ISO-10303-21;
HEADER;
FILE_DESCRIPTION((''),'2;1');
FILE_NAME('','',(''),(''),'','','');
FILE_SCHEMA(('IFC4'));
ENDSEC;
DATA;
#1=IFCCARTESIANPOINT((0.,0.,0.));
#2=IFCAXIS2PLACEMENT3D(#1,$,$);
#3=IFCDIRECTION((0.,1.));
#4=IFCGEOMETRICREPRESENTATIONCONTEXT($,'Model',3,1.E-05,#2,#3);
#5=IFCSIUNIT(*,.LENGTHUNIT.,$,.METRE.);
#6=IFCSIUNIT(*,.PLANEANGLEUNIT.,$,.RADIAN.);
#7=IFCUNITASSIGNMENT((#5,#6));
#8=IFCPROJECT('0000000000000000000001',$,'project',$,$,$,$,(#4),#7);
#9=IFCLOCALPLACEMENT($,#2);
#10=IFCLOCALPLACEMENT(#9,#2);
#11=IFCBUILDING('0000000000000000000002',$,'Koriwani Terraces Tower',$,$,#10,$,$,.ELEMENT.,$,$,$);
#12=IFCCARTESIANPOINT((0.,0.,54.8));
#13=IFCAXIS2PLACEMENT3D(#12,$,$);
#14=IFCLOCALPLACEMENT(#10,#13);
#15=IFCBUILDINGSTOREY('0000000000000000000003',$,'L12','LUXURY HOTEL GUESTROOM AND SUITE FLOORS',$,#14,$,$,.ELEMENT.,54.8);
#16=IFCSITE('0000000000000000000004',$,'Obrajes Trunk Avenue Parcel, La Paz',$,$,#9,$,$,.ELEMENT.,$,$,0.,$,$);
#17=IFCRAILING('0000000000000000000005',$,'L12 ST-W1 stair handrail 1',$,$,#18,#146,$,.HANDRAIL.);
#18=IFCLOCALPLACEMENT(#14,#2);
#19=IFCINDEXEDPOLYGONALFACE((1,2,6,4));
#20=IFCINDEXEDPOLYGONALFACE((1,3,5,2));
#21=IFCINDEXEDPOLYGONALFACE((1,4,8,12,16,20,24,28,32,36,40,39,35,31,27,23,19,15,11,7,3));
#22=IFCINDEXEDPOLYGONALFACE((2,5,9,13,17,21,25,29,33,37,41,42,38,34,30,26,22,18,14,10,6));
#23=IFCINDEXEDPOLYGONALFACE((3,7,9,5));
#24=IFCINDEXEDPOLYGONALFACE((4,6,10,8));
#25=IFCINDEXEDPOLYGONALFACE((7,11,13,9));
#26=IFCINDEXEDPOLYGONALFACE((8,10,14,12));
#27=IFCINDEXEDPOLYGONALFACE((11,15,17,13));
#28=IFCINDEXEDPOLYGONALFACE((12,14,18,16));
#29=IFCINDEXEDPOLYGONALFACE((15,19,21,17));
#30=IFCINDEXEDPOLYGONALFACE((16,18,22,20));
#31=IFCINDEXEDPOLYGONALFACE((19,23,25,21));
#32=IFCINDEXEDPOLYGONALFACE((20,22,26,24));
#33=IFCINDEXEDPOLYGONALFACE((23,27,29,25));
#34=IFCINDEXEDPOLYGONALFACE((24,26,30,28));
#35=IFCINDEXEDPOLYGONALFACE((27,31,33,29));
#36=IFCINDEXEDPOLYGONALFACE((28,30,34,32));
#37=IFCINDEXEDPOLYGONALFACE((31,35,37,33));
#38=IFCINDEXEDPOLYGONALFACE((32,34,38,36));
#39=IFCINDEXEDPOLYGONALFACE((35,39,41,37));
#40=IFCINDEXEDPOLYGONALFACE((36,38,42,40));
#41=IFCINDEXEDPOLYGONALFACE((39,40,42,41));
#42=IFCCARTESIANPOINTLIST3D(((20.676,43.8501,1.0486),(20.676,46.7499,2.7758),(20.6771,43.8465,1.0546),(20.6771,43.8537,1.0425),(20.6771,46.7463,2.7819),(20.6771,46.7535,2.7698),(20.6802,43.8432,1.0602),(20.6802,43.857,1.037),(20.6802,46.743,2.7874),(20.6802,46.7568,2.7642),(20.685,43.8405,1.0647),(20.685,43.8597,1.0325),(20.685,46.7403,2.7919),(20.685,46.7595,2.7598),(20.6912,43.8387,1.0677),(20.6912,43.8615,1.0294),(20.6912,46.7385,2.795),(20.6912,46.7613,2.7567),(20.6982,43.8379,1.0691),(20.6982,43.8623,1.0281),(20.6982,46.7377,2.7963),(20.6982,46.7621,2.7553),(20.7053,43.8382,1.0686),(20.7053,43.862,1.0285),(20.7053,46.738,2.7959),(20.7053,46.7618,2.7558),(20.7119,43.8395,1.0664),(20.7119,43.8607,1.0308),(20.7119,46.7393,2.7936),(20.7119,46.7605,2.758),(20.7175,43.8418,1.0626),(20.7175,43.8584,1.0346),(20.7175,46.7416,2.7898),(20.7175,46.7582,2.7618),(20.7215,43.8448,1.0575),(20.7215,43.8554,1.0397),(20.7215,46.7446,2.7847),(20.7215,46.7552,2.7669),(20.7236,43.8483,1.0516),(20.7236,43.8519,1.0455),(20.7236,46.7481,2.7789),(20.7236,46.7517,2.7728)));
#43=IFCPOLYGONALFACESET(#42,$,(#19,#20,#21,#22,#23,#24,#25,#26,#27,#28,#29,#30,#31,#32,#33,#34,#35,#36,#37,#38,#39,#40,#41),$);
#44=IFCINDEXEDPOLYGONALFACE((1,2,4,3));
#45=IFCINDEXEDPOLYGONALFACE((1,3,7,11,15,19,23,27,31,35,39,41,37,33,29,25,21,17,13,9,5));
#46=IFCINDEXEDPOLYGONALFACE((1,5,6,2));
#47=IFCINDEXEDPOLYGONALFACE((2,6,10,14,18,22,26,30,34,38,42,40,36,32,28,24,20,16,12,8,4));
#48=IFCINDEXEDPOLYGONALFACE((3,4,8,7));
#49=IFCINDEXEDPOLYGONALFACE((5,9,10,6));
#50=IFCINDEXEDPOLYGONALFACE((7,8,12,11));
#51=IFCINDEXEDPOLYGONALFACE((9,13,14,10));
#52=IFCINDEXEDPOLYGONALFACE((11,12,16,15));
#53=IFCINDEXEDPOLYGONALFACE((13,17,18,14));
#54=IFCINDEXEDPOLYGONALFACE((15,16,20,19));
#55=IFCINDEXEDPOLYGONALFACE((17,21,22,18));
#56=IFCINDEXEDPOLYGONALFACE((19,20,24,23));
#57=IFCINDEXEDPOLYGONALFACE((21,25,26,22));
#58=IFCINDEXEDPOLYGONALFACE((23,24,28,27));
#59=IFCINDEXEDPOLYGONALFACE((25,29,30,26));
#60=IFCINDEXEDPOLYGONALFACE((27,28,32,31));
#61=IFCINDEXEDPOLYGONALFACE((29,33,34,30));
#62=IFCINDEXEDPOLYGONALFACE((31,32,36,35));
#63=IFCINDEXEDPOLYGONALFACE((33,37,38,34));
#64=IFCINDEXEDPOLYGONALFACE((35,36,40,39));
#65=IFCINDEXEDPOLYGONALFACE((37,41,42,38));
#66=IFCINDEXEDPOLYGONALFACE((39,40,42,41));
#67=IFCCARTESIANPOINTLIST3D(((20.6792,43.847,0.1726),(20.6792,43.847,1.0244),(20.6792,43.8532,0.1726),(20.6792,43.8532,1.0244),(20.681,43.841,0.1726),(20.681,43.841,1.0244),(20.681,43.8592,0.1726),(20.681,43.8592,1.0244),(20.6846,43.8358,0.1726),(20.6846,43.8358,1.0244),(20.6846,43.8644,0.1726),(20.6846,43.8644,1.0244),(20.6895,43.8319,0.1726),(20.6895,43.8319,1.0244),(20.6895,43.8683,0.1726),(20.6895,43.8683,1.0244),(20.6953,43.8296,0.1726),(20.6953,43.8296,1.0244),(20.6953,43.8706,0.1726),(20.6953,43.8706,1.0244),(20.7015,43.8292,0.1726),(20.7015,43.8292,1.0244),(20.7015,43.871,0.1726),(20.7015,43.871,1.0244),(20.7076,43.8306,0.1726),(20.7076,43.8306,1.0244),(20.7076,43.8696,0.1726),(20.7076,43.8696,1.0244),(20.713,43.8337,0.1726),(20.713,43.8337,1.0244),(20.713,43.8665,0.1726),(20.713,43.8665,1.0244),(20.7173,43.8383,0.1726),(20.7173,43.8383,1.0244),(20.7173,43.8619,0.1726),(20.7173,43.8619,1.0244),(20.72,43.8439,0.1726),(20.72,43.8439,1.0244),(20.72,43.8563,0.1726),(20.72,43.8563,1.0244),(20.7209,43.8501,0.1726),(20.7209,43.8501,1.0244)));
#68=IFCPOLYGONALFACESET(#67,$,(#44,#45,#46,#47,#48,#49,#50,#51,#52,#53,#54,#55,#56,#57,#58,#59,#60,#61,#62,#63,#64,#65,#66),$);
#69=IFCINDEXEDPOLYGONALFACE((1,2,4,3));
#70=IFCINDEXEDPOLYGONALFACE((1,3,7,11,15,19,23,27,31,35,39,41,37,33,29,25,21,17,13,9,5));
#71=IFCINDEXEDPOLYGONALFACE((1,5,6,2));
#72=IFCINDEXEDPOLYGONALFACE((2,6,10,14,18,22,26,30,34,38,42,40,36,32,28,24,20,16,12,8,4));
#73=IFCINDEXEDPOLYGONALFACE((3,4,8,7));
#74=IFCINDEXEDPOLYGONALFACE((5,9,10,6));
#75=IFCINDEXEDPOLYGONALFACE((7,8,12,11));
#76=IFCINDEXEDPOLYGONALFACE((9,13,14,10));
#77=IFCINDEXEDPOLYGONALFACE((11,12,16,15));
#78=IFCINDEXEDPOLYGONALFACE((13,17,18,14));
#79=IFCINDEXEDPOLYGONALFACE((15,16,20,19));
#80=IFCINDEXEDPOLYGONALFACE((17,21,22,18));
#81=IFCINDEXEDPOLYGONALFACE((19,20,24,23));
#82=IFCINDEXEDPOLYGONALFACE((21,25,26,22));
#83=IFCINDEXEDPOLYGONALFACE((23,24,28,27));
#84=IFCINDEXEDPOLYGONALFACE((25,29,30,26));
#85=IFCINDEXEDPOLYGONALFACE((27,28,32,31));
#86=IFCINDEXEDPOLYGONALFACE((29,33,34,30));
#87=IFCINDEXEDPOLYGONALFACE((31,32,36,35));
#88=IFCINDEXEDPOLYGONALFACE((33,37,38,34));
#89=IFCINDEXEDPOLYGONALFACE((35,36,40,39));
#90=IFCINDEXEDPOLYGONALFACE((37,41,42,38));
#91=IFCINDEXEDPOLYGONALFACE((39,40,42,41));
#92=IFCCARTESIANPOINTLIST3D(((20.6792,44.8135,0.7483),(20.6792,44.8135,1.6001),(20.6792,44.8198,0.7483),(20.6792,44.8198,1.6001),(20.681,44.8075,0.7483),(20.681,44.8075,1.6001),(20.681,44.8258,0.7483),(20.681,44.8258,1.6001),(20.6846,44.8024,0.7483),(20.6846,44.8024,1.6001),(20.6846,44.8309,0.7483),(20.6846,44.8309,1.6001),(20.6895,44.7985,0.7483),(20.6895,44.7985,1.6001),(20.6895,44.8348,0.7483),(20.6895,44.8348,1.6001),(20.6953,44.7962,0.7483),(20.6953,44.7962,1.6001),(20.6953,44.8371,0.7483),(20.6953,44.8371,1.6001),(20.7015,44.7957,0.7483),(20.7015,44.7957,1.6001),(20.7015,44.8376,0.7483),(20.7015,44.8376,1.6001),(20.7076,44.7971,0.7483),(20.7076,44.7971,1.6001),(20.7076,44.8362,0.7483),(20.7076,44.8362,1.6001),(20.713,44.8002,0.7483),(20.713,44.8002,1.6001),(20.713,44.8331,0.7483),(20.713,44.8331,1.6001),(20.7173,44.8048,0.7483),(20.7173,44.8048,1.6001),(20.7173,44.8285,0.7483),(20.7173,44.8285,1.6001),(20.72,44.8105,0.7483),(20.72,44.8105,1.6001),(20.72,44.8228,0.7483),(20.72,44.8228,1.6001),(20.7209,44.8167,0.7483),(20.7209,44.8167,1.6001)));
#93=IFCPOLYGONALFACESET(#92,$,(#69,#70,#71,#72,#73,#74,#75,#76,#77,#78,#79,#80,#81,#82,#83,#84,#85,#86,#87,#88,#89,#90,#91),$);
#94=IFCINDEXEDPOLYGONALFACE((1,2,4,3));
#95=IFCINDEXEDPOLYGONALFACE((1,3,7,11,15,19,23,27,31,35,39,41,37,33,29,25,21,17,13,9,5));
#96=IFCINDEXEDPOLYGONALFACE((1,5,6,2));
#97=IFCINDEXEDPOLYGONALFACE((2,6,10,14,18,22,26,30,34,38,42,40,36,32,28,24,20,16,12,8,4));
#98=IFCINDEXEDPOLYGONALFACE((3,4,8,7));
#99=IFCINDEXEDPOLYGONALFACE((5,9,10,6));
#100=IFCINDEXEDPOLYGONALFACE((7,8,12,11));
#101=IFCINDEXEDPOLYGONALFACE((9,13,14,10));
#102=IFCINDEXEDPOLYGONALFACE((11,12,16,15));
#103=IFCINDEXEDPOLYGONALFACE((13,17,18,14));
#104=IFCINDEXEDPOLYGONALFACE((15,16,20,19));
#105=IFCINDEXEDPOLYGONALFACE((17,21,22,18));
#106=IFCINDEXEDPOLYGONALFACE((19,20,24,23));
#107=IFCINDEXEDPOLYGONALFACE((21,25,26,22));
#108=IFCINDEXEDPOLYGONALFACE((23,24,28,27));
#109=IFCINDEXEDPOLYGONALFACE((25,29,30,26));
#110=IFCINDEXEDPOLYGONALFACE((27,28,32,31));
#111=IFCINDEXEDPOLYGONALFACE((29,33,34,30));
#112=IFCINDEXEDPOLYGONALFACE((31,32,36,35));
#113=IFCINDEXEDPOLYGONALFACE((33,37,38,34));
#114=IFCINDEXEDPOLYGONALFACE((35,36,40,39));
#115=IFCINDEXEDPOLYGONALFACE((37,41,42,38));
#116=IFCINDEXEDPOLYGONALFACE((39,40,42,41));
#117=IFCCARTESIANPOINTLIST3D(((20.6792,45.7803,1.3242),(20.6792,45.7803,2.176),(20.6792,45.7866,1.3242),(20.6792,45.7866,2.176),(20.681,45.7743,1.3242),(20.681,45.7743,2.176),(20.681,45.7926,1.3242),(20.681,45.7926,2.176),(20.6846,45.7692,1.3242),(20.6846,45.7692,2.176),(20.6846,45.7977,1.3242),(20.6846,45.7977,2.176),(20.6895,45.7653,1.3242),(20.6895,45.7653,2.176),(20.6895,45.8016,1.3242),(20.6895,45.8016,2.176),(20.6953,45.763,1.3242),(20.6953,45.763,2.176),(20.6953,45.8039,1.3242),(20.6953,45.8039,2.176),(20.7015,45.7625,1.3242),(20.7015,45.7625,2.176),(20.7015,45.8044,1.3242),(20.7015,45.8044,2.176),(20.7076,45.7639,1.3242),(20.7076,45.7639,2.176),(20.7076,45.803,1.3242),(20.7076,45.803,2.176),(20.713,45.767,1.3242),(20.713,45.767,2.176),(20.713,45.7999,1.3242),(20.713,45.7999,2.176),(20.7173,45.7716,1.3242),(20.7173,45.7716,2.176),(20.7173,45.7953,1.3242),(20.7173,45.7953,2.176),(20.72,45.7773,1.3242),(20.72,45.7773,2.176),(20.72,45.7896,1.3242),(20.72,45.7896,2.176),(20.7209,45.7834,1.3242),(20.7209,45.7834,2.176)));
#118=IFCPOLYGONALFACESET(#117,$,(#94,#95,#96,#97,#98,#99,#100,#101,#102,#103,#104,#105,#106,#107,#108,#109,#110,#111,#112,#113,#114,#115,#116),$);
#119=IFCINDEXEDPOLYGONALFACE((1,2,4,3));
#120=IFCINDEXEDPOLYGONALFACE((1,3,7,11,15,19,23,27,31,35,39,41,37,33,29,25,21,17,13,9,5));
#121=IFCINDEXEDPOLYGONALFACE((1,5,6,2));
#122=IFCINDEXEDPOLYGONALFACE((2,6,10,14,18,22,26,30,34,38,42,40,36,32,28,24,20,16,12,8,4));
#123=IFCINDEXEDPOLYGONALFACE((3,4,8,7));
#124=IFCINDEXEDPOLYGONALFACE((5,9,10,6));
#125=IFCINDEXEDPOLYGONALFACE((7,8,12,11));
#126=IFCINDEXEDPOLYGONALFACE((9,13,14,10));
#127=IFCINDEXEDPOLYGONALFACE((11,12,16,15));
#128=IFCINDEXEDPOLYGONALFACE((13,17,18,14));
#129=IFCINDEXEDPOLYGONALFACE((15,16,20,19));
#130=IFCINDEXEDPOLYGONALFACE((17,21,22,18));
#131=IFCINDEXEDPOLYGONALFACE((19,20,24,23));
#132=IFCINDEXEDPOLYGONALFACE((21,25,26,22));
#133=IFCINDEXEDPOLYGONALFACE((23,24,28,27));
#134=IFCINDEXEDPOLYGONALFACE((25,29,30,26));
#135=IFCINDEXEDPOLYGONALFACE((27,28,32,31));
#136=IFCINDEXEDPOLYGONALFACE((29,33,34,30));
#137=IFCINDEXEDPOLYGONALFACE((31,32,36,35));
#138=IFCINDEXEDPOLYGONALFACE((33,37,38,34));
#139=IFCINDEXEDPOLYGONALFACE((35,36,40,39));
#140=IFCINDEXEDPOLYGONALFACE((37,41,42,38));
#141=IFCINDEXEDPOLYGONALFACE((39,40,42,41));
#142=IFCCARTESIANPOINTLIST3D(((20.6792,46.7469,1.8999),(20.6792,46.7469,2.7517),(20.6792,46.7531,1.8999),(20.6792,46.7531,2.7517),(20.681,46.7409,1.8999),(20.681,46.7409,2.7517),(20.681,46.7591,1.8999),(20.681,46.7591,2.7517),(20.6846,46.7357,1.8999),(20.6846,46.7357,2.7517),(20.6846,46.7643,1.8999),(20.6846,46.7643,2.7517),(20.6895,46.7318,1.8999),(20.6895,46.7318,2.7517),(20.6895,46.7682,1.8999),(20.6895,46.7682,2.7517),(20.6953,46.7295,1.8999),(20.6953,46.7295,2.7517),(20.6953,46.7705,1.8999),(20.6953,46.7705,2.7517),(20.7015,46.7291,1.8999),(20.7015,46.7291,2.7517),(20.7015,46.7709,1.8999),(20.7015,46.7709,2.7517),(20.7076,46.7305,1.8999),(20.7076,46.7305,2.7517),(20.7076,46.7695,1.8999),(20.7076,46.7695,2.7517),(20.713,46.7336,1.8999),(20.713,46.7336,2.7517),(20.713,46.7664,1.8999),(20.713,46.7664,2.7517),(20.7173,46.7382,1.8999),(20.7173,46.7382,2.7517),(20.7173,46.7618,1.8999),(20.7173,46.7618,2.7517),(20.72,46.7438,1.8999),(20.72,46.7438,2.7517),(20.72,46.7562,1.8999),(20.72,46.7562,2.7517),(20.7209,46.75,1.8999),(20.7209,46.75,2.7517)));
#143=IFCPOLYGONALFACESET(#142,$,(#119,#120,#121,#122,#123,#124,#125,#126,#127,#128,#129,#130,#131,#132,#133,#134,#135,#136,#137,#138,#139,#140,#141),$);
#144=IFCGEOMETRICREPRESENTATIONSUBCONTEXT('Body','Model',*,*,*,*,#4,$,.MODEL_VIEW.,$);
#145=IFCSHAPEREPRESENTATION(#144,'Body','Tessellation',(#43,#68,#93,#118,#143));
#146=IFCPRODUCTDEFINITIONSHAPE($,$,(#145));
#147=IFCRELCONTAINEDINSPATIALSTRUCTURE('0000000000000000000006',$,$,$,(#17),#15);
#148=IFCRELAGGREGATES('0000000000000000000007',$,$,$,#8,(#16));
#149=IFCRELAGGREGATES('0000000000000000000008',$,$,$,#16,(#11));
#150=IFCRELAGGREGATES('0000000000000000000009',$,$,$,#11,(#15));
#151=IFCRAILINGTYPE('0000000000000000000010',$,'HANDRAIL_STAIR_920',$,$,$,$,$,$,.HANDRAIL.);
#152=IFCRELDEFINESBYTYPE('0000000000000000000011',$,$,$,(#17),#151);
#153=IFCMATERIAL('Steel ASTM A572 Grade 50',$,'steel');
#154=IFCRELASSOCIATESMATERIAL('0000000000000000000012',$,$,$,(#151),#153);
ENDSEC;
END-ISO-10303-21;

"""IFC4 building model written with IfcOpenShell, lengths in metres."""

from ifc_helpers import new_model, si_unit, direction, frame, origin, origin_2d, place, context, subcontext, project, spatial, circle, extrude, material, type_object, element, save


model = new_model("IFC4")

# Units and contexts
model_context = context("Model", 3, precision=1e-05, world=origin(), true_north=direction((0.0, 1.0)))
body_context = subcontext(model_context, "Body", "Model", "MODEL_VIEW")
ifc_project = project(units=[si_unit("LENGTHUNIT", "METRE"), si_unit("PLANEANGLEUNIT", "RADIAN")], contexts=[model_context])

# Site, building, storey
site_placement = place(None, origin())
site = spatial("IfcSite", under=ifc_project, at=site_placement, Name="Obrajes Trunk Avenue Parcel, La Paz", CompositionType="ELEMENT", RefElevation=0.0)
building_placement = place(site_placement, origin())
building = spatial("IfcBuilding", under=site, at=building_placement, Name="Koriwani Terraces Tower", CompositionType="ELEMENT")
storey_placement = place(building_placement, frame((0.0, 0.0, 54.8)))
storey = spatial("IfcBuildingStorey", under=building, at=storey_placement, Name="L12", Description="LUXURY HOTEL GUESTROOM AND SUITE FLOORS", CompositionType="ELEMENT", Elevation=54.8)

# Shared definitions
ifc_material_1 = material(Name="Steel ASTM A572 Grade 50", Category="steel")

# Railing
railing_type_1 = type_object("IfcRailingType", Name="HANDRAIL_STAIR_920", PredefinedType="HANDRAIL", material=ifc_material_1)
railing_1_placement = place(storey_placement, frame((20.7, 43.8501, 0.1726)))
element("IfcRailing", 1, at=railing_1_placement, inside=storey, type_object=railing_type_1, Name="L12 ST-W1 stair handrail 1", PredefinedType="HANDRAIL", context=body_context, shape_type="SweptSolid", body=[
    extrude(circle(Radius=0.0239, at=origin_2d()), frame((0.0, 0.0, 0.876), z_axis=(0.0, 0.859141, 0.511738), x_axis=(-1.0, 0.0, 0.0)), (0.0, 0.0, 1.0), 3.3752),
    extrude(circle(Radius=0.021, at=origin_2d()), origin(), (0.0, 0.0, 1.0), 0.8518),
    extrude(circle(Radius=0.021, at=origin_2d()), frame((0.0, 0.9666, 0.5757)), (0.0, 0.0, 1.0), 0.8518),
    extrude(circle(Radius=0.021, at=origin_2d()), frame((0.0, 1.9333, 1.1516)), (0.0, 0.0, 1.0), 0.8518),
    extrude(circle(Radius=0.021, at=origin_2d()), frame((0.0, 2.8999, 1.7273)), (0.0, 0.0, 1.0), 0.8518),
])

save(model, "model.ifc")
